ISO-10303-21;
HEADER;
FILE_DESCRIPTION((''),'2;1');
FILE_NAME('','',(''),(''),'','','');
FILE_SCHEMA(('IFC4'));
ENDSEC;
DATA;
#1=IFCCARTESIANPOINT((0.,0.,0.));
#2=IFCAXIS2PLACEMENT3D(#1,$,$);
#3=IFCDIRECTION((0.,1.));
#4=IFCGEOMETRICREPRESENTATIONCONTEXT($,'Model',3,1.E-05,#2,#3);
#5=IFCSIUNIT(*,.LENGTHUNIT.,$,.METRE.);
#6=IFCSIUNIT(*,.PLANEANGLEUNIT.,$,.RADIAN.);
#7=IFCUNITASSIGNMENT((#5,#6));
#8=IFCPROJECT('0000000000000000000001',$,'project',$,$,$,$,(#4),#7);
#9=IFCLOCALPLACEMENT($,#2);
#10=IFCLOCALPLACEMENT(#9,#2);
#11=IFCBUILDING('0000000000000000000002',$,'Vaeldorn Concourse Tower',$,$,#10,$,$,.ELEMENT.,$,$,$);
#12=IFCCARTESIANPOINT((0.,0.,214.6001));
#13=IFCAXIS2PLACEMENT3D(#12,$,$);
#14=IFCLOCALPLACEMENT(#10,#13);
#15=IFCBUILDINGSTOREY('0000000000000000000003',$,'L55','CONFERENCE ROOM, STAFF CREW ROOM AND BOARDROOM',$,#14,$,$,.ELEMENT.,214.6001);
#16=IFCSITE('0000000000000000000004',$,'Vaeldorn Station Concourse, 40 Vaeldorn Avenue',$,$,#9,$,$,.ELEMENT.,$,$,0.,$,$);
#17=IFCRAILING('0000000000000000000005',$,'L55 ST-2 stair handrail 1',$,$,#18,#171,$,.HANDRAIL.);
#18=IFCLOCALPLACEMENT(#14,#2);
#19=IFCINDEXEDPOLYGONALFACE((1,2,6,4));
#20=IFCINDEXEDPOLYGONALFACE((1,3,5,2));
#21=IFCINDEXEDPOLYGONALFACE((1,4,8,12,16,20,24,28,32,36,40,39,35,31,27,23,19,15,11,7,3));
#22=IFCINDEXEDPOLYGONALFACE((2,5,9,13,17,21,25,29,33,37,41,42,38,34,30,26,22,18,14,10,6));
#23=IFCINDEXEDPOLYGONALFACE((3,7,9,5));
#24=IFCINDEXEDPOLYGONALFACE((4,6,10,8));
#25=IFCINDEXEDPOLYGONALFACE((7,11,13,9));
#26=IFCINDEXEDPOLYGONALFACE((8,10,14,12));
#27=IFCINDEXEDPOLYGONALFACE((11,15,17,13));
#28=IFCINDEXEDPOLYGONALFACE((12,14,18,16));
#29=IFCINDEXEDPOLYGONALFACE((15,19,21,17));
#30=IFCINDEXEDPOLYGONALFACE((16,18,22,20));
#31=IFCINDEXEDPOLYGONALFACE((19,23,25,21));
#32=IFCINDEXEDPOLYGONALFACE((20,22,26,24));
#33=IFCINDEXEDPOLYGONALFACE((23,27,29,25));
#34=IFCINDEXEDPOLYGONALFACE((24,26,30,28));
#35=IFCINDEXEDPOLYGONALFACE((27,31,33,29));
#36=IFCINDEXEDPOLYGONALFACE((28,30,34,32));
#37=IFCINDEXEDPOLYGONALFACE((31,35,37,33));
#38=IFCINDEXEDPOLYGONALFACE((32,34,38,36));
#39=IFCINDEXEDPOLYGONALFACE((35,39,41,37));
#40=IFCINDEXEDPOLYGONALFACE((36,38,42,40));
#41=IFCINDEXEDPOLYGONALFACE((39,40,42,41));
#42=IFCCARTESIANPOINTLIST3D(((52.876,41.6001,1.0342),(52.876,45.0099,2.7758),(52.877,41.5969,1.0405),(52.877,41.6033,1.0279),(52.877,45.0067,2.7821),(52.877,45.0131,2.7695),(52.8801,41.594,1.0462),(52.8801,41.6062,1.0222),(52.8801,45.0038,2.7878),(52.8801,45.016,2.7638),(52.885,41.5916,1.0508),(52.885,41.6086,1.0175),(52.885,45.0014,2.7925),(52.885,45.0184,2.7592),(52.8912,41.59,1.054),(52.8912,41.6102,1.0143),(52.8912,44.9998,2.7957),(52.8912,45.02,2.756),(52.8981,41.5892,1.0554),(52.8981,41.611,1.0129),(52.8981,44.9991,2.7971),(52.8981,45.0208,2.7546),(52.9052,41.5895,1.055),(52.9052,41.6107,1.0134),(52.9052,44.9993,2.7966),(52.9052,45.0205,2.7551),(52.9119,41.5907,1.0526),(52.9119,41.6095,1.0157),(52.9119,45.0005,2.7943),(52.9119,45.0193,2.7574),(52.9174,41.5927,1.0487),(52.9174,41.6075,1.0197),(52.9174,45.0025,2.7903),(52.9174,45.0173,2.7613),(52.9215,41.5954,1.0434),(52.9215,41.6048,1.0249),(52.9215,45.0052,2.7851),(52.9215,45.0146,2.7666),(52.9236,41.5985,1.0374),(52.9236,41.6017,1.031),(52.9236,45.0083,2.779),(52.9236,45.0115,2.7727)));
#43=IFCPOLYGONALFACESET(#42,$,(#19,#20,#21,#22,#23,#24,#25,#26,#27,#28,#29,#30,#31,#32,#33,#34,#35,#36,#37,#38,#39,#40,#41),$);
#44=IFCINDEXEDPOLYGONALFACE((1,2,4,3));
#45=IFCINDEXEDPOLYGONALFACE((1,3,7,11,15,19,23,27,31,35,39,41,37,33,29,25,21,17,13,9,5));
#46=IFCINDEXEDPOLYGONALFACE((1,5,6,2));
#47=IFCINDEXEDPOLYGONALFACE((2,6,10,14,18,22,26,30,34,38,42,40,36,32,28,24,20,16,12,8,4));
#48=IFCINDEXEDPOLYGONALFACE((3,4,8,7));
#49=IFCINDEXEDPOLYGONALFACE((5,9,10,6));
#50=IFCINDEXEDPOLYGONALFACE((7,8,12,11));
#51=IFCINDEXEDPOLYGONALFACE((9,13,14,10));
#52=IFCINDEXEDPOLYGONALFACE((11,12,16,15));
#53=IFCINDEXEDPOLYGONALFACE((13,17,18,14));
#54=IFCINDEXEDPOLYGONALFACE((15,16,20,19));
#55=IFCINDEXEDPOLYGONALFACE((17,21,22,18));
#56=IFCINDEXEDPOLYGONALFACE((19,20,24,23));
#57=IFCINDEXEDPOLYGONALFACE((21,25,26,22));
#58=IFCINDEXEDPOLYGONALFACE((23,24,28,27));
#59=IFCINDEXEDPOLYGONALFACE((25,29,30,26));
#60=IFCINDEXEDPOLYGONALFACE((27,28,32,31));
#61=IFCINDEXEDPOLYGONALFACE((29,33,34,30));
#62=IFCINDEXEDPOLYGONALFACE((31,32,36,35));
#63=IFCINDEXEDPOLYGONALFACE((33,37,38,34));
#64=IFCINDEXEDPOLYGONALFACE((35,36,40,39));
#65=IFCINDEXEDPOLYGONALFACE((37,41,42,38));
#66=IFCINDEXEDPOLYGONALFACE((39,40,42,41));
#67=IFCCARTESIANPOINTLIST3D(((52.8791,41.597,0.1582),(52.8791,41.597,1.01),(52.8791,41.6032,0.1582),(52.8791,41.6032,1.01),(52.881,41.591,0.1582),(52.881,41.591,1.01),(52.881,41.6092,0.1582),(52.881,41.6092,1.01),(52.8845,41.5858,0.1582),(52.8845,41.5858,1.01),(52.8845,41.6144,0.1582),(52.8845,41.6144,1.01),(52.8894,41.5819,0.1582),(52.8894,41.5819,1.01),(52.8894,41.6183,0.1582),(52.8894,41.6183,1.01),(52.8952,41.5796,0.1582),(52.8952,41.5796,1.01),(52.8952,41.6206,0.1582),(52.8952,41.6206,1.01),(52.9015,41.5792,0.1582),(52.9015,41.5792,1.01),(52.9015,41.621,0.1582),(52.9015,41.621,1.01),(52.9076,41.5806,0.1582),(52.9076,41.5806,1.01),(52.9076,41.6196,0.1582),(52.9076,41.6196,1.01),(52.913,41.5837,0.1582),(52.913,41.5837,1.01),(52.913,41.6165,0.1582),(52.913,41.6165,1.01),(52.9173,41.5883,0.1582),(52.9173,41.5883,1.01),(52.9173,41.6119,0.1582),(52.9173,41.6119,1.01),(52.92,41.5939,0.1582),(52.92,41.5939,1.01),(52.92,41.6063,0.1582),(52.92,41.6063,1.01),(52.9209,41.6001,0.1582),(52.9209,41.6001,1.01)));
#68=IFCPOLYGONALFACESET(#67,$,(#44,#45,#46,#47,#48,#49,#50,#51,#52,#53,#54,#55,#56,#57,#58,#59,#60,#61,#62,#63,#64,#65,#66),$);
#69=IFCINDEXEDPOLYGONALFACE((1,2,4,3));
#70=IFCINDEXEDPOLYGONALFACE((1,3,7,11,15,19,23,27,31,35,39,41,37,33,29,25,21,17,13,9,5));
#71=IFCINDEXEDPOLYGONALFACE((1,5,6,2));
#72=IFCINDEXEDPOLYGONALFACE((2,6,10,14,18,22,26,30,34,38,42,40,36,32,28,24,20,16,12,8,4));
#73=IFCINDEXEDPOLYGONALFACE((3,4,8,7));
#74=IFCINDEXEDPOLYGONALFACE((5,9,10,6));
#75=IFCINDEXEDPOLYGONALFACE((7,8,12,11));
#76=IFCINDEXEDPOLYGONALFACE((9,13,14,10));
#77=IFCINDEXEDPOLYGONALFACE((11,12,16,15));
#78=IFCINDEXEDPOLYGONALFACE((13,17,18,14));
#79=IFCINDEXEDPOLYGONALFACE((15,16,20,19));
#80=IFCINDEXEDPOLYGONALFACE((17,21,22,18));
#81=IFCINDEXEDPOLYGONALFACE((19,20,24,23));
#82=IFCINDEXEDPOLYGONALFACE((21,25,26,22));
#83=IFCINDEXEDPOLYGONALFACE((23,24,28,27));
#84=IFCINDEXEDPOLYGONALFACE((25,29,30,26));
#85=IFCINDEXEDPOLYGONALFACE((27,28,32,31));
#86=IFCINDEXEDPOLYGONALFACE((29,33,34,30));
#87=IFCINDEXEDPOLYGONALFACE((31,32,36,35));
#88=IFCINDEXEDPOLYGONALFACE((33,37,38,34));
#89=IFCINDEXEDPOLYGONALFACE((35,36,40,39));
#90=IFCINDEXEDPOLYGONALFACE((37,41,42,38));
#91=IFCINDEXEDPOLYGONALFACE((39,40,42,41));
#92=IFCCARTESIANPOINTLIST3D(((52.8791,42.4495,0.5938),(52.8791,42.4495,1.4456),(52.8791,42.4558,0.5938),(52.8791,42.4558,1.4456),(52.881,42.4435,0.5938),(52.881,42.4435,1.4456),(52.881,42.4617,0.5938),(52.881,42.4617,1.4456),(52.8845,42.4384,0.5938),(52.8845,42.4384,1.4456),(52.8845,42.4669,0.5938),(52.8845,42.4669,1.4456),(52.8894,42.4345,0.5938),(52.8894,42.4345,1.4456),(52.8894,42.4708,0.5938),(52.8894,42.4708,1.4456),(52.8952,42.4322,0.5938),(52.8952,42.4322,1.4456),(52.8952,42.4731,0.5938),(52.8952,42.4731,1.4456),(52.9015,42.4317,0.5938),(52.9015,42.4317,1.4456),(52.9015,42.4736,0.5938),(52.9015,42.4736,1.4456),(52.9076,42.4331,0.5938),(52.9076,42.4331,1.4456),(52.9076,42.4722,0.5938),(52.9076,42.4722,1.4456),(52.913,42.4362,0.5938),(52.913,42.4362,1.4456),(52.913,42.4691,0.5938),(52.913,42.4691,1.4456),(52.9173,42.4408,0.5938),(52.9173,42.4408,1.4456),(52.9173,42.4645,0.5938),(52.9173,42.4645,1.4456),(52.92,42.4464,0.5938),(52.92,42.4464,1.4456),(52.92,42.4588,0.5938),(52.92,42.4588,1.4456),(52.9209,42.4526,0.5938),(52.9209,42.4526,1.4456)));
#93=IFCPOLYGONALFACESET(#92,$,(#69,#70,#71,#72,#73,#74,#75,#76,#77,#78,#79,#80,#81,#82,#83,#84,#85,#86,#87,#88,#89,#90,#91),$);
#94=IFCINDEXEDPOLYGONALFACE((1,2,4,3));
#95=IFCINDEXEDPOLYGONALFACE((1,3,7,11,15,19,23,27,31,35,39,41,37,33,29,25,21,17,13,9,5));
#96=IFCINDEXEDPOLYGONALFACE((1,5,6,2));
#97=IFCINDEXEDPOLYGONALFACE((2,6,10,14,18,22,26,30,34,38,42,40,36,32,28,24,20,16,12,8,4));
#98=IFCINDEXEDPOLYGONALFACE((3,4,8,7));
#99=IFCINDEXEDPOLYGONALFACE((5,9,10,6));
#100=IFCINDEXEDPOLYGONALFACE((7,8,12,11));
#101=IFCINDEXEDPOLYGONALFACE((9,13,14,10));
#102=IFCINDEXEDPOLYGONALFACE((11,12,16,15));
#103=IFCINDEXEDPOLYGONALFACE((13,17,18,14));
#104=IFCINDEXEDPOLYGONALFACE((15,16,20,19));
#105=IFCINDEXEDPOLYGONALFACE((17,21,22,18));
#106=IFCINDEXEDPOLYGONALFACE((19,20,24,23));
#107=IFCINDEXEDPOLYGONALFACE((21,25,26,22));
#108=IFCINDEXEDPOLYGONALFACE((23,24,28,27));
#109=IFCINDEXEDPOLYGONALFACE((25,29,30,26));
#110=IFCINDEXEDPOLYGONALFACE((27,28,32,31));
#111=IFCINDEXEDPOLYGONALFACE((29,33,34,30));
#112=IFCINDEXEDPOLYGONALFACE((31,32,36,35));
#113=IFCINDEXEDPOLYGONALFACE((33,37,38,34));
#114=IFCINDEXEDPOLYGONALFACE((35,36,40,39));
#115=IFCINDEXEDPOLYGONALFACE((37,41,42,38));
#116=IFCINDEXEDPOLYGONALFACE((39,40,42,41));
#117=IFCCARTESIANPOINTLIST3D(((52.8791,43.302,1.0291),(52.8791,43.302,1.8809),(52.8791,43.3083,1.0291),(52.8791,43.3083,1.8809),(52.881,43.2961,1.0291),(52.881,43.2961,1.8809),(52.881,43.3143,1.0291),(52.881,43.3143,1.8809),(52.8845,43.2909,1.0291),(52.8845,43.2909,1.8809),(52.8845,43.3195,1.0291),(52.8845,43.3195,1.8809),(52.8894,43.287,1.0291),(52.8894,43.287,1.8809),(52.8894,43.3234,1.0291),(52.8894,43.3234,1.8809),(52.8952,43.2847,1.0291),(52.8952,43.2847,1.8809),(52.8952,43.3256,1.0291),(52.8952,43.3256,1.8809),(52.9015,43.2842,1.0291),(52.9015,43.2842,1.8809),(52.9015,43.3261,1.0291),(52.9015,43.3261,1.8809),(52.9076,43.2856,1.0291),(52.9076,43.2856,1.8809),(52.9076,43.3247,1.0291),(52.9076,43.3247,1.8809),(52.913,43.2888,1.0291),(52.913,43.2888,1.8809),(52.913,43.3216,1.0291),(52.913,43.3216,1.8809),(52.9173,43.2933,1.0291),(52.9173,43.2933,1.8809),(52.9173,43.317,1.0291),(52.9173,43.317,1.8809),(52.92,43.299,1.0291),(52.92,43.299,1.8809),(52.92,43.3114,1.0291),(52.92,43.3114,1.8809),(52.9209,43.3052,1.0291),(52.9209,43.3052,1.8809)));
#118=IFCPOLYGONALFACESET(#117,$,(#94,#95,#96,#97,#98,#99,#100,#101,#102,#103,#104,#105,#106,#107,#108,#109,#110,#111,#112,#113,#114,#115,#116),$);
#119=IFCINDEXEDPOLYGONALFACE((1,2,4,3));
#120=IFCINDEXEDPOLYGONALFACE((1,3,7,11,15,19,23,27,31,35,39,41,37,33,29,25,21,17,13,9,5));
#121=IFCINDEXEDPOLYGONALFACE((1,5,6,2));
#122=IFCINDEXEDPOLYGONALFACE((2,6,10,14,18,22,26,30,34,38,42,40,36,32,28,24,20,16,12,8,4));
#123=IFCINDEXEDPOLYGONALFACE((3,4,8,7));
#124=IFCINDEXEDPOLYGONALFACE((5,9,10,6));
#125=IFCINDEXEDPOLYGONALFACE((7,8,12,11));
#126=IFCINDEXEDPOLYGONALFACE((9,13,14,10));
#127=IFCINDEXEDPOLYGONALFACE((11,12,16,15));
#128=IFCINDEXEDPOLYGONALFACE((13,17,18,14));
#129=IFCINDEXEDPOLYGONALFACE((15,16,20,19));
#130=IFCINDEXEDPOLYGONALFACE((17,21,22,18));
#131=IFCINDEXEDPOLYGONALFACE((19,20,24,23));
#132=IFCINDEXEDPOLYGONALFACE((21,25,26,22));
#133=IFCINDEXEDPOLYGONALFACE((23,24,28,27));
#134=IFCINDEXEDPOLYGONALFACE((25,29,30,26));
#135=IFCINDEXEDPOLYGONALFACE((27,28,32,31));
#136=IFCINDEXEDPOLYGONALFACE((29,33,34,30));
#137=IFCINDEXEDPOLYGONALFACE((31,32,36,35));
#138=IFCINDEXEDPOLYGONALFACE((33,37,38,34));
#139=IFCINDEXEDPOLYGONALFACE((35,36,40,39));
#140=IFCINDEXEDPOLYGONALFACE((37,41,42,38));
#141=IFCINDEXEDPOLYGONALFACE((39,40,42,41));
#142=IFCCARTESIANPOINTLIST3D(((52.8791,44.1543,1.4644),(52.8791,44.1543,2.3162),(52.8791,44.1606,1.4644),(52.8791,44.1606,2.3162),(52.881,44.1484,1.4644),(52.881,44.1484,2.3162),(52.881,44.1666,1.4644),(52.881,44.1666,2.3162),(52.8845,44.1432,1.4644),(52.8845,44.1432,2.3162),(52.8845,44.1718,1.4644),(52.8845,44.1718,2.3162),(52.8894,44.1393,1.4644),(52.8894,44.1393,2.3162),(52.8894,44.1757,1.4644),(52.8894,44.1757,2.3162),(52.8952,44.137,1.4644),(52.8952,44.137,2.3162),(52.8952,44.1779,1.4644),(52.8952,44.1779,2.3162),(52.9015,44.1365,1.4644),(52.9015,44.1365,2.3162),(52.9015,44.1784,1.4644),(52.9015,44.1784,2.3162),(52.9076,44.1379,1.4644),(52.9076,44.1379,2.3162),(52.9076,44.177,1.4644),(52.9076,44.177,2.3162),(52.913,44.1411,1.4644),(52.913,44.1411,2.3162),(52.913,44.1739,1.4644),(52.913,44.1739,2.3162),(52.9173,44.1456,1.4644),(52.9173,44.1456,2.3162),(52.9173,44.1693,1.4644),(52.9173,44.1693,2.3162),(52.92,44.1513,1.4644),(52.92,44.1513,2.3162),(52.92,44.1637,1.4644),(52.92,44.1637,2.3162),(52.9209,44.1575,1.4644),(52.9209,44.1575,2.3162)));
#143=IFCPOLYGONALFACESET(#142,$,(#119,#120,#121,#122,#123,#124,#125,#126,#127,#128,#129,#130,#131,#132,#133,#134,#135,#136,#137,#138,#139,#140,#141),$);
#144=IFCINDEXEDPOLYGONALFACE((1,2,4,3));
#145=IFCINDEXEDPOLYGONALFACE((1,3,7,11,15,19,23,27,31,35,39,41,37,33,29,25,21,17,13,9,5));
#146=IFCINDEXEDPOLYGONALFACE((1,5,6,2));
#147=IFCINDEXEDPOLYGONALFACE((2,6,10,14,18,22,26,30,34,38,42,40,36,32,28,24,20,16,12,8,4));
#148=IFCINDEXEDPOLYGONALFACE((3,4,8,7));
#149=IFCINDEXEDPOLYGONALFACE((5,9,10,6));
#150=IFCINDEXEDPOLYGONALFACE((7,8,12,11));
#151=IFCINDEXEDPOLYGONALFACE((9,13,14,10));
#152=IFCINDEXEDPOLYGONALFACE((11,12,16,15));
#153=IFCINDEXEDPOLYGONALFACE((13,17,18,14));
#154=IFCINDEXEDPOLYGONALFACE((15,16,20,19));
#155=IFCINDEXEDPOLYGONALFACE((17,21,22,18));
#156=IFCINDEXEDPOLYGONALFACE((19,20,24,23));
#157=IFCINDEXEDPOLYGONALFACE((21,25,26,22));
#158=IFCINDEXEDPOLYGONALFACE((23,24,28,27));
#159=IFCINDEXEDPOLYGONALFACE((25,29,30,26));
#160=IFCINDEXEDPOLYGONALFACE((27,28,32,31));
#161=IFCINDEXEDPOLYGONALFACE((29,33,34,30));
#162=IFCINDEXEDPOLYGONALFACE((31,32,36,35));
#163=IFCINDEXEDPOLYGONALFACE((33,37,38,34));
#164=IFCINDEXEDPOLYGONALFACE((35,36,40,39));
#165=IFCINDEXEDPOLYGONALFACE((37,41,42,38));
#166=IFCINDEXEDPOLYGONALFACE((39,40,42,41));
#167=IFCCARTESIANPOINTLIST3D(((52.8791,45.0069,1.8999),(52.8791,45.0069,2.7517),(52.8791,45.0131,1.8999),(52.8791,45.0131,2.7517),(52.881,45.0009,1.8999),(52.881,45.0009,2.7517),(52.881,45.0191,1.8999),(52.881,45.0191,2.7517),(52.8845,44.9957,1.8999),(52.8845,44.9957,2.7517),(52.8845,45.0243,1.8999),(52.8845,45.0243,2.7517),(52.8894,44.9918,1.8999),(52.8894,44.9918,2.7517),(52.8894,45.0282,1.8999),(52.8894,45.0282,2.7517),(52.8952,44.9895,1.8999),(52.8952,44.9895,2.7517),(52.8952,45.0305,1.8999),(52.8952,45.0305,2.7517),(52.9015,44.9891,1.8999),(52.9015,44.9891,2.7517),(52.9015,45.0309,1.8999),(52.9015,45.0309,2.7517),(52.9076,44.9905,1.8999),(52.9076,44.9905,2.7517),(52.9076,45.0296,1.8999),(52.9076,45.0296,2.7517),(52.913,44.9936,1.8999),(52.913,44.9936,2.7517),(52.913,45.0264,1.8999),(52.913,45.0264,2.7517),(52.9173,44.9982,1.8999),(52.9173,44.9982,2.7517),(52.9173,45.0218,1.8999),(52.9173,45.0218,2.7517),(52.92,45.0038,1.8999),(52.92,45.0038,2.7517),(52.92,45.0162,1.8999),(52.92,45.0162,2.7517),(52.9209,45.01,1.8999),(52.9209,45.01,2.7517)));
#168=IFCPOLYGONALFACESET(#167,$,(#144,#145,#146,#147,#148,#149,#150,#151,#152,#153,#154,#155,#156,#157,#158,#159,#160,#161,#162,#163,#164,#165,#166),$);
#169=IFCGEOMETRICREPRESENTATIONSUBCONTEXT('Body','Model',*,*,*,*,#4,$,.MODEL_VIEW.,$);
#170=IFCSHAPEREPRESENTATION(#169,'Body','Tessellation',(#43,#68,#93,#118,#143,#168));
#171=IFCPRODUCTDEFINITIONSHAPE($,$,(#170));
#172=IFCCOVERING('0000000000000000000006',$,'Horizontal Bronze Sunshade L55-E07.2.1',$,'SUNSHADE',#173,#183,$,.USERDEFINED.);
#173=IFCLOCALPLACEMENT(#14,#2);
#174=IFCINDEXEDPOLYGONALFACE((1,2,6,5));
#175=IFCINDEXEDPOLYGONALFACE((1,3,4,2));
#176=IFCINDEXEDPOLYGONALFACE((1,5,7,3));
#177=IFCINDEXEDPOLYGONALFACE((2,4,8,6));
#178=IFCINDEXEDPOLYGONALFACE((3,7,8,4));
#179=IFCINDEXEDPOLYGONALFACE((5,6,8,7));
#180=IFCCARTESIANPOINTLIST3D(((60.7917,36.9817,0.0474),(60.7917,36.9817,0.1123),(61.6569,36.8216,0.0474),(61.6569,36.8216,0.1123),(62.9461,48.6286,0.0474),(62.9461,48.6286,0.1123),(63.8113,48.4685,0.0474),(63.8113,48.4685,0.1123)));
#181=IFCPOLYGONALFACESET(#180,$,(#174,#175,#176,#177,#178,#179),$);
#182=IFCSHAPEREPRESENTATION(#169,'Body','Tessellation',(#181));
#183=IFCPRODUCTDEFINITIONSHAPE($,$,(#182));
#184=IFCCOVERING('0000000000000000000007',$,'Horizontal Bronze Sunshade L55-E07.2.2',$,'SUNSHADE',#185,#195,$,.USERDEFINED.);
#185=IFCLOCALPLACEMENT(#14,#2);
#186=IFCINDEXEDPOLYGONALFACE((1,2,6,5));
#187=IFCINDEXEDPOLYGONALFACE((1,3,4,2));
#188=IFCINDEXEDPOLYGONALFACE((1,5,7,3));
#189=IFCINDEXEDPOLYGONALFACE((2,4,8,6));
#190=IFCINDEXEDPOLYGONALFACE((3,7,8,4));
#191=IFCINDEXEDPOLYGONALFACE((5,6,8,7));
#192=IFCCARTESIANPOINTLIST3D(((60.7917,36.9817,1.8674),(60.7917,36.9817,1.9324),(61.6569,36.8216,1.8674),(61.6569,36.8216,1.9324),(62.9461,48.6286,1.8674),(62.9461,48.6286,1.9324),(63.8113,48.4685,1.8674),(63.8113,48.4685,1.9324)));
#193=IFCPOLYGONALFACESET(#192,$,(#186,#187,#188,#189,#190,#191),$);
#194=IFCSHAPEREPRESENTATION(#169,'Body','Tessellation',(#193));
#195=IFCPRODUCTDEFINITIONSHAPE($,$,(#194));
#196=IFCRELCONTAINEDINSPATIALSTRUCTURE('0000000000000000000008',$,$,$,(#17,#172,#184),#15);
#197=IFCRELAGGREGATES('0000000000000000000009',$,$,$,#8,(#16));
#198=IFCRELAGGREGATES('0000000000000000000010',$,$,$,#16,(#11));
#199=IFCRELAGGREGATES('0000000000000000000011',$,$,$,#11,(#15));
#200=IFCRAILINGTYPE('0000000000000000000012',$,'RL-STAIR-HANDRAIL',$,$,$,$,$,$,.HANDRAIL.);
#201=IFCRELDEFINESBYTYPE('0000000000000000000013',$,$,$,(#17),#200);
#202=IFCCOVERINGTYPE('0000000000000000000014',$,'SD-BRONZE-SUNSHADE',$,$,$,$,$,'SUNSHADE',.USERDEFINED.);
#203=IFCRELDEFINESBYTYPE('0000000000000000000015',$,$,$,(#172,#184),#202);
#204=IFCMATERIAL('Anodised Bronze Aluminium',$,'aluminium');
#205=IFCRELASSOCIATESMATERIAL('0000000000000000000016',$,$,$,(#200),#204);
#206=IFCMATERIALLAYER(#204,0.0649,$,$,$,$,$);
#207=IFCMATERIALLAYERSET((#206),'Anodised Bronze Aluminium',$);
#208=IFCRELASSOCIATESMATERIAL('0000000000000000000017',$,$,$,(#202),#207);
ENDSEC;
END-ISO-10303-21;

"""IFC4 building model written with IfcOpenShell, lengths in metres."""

from ifc_helpers import new_model, si_unit, direction, frame, origin, origin_2d, place, context, subcontext, project, spatial, rectangle, circle, extrude, source, transform, mapped, material, layer, layer_set, type_object, element, save


model = new_model("IFC4")

# Units and contexts
model_context = context("Model", 3, precision=1e-05, world=origin(), true_north=direction((0.0, 1.0)))
body_context = subcontext(model_context, "Body", "Model", "MODEL_VIEW")
ifc_project = project(units=[si_unit("LENGTHUNIT", "METRE"), si_unit("PLANEANGLEUNIT", "RADIAN")], contexts=[model_context])

# Site, building, storey
site_placement = place(None, origin())
site = spatial("IfcSite", under=ifc_project, at=site_placement, Name="Vaeldorn Station Concourse, 40 Vaeldorn Avenue", CompositionType="ELEMENT", RefElevation=0.0)
building_placement = place(site_placement, origin())
building = spatial("IfcBuilding", under=site, at=building_placement, Name="Vaeldorn Concourse Tower", CompositionType="ELEMENT")
storey_placement = place(building_placement, frame((0.0, 0.0, 214.6001)))
storey = spatial("IfcBuildingStorey", under=building, at=storey_placement, Name="L55", Description="CONFERENCE ROOM, STAFF CREW ROOM AND BOARDROOM", CompositionType="ELEMENT", Elevation=214.6001)

# Shared definitions
ifc_material_1 = material(Name="Anodised Bronze Aluminium", Category="aluminium")

# Railing
railing_type_1 = type_object("IfcRailingType", Name="RL-STAIR-HANDRAIL", PredefinedType="HANDRAIL", material=ifc_material_1)
railing_1_placement = place(storey_placement, frame((52.8999, 41.6001, 0.1582)))
element("IfcRailing", 1, at=railing_1_placement, inside=storey, type_object=railing_type_1, Name="L55 ST-2 stair handrail 1", PredefinedType="HANDRAIL", context=body_context, shape_type="SweptSolid", body=[
    extrude(circle(Radius=0.0239, at=origin_2d()), frame((0.0, 0.0, 0.876), z_axis=(0.0, 0.890556, 0.454874), x_axis=(-1.0, 0.0, 0.0)), (0.0, 0.0, 1.0), 3.8289),
    extrude(circle(Radius=0.021, at=origin_2d()), origin(), (0.0, 0.0, 1.0), 0.8518),
    extrude(circle(Radius=0.021, at=origin_2d()), frame((0.0, 0.8525, 0.4355)), (0.0, 0.0, 1.0), 0.8518),
    extrude(circle(Radius=0.021, at=origin_2d()), frame((0.0, 1.7051, 0.8708)), (0.0, 0.0, 1.0), 0.8518),
    extrude(circle(Radius=0.021, at=origin_2d()), frame((0.0, 2.5574, 1.3062)), (0.0, 0.0, 1.0), 0.8518),
    extrude(circle(Radius=0.021, at=origin_2d()), frame((0.0, 3.4099, 1.7417)), (0.0, 0.0, 1.0), 0.8518),
])

# Coverings
ifc_layer_1 = layer(ifc_material_1, 0.0649)
ifc_layer_set_1 = layer_set([ifc_layer_1], Name="Anodised Bronze Aluminium")
covering_type = type_object("IfcCoveringType", Name="SD-BRONZE-SUNSHADE", ElementType="SUNSHADE", PredefinedType="USERDEFINED", material=ifc_layer_set_1)
shared_shape_1 = source(origin(), body_context, "Body", "SweptSolid", [
    extrude(rectangle(XDim=11.8445, YDim=0.8799, at=origin_2d()), origin(), (0.0, 0.0, 1.0), 0.0649),
])
for number, where, z_axis, x_axis, name in (
    (2, (62.3015, 42.7251, 0.0474), (0.0, 0.0, 1.0), (0.181892, 0.983318, 0.0), "Horizontal Bronze Sunshade L55-E07.2.1"),
    (3, (62.3015, 42.7251, 1.8674), (0.0, 0.0, 1.0), (0.181892, 0.983318, 0.0), "Horizontal Bronze Sunshade L55-E07.2.2"),
):
    element("IfcCovering", number, at=place(storey_placement, frame(where, z_axis=z_axis, x_axis=x_axis)), inside=storey, type_object=covering_type, Name=name, ObjectType="SUNSHADE", PredefinedType="USERDEFINED", context=body_context, shape_type="MappedRepresentation", body=[
        mapped(shared_shape_1, transform((0.0, 0.0, 0.0), scale=1.0)),
    ])

save(model, "model.ifc")
